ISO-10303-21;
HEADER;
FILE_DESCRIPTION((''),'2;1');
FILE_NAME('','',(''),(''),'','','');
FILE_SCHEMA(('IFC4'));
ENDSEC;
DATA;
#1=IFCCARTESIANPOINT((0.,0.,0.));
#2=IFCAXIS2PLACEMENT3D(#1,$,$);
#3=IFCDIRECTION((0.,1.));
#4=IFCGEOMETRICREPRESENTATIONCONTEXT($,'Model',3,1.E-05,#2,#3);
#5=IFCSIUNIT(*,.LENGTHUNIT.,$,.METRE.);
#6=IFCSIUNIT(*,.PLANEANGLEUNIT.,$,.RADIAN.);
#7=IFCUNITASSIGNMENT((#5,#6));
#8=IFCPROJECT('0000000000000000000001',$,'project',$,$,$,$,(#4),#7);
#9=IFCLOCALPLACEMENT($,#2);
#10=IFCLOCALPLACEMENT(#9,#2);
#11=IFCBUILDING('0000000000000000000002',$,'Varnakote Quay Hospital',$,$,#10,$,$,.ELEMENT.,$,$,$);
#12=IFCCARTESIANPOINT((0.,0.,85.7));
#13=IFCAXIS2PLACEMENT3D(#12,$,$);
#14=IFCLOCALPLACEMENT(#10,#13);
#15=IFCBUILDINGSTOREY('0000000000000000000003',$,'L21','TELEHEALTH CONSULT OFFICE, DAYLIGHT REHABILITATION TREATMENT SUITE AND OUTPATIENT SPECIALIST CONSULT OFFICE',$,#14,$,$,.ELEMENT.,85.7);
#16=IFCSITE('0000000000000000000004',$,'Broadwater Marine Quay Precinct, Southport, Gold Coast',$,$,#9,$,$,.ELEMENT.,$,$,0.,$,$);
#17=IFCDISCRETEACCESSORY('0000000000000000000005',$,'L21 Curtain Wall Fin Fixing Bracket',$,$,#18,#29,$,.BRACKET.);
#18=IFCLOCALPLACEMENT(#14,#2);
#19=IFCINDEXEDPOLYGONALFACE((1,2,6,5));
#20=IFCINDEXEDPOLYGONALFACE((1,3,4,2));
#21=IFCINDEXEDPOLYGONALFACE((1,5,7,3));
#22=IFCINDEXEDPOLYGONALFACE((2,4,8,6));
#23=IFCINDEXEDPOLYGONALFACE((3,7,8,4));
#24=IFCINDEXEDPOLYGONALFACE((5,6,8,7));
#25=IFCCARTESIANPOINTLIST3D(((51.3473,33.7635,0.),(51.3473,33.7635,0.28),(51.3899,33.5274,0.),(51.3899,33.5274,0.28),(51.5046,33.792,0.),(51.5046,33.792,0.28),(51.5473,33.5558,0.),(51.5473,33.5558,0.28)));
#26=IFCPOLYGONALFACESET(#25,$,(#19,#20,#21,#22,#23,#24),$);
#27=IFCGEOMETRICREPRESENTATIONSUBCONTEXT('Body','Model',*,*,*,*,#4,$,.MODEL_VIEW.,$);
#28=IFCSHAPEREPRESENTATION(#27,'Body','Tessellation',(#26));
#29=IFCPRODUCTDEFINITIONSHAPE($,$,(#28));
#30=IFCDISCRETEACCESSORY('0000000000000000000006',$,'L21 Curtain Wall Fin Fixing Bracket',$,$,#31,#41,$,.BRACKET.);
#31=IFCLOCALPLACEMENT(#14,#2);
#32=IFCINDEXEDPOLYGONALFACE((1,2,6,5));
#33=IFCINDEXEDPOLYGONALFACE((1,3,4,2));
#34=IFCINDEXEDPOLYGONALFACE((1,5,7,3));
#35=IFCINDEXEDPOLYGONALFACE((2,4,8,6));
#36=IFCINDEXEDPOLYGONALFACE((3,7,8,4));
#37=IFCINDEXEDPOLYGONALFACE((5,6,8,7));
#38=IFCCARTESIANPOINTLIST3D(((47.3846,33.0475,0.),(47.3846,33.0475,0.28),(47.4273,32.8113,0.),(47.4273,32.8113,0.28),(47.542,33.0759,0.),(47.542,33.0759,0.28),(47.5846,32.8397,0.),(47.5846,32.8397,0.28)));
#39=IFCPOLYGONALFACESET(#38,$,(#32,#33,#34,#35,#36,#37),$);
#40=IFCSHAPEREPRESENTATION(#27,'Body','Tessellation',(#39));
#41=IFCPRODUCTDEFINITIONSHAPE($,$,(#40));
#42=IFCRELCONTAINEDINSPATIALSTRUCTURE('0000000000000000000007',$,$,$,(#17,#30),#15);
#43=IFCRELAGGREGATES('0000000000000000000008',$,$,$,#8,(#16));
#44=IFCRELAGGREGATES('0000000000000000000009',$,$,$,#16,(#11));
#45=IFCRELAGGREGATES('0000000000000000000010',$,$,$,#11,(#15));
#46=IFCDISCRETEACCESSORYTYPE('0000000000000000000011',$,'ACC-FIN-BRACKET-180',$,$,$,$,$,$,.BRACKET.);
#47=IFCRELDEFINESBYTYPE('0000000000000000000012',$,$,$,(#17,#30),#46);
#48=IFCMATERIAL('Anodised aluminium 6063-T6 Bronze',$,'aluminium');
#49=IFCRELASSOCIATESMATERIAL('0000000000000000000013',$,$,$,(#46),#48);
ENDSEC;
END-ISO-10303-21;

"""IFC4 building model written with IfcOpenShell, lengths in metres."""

from ifc_helpers import new_model, si_unit, direction, frame, origin, origin_2d, place, context, subcontext, project, spatial, rectangle, extrude, material, type_object, element, save


model = new_model("IFC4")

# Units and contexts
model_context = context("Model", 3, precision=1e-05, world=origin(), true_north=direction((0.0, 1.0)))
body_context = subcontext(model_context, "Body", "Model", "MODEL_VIEW")
ifc_project = project(units=[si_unit("LENGTHUNIT", "METRE"), si_unit("PLANEANGLEUNIT", "RADIAN")], contexts=[model_context])

# Site, building, storey
site_placement = place(None, origin())
site = spatial("IfcSite", under=ifc_project, at=site_placement, Name="Broadwater Marine Quay Precinct, Southport, Gold Coast", CompositionType="ELEMENT", RefElevation=0.0)
building_placement = place(site_placement, origin())
building = spatial("IfcBuilding", under=site, at=building_placement, Name="Varnakote Quay Hospital", CompositionType="ELEMENT")
storey_placement = place(building_placement, frame((0.0, 0.0, 85.7)))
storey = spatial("IfcBuildingStorey", under=building, at=storey_placement, Name="L21", Description="TELEHEALTH CONSULT OFFICE, DAYLIGHT REHABILITATION TREATMENT SUITE AND OUTPATIENT SPECIALIST CONSULT OFFICE", CompositionType="ELEMENT", Elevation=85.7)

# Discrete accessories
ifc_material_1 = material(Name="Anodised aluminium 6063-T6 Bronze", Category="aluminium")
discrete_accessory_type = type_object("IfcDiscreteAccessoryType", Name="ACC-FIN-BRACKET-180", PredefinedType="BRACKET", material=ifc_material_1)
for number, where, z_axis, x_axis, name in (
    (1, (51.4473, 33.6597, 0.0), (0.0, 0.0, 1.0), (-0.984072, -0.177772, 0.0), "L21 Curtain Wall Fin Fixing Bracket"),
    (2, (47.4846, 32.9436, 0.0), (0.0, 0.0, 1.0), (-0.984072, -0.177772, 0.0), "L21 Curtain Wall Fin Fixing Bracket"),
):
    element("IfcDiscreteAccessory", number, at=place(storey_placement, frame(where, z_axis=z_axis, x_axis=x_axis)), inside=storey, type_object=discrete_accessory_type, Name=name, PredefinedType="BRACKET", context=body_context, shape_type="SweptSolid", body=[
        extrude(rectangle(XDim=0.1599, YDim=0.24, at=origin_2d()), origin(), (0.0, 0.0, 1.0), 0.28),
    ])

save(model, "model.ifc")
